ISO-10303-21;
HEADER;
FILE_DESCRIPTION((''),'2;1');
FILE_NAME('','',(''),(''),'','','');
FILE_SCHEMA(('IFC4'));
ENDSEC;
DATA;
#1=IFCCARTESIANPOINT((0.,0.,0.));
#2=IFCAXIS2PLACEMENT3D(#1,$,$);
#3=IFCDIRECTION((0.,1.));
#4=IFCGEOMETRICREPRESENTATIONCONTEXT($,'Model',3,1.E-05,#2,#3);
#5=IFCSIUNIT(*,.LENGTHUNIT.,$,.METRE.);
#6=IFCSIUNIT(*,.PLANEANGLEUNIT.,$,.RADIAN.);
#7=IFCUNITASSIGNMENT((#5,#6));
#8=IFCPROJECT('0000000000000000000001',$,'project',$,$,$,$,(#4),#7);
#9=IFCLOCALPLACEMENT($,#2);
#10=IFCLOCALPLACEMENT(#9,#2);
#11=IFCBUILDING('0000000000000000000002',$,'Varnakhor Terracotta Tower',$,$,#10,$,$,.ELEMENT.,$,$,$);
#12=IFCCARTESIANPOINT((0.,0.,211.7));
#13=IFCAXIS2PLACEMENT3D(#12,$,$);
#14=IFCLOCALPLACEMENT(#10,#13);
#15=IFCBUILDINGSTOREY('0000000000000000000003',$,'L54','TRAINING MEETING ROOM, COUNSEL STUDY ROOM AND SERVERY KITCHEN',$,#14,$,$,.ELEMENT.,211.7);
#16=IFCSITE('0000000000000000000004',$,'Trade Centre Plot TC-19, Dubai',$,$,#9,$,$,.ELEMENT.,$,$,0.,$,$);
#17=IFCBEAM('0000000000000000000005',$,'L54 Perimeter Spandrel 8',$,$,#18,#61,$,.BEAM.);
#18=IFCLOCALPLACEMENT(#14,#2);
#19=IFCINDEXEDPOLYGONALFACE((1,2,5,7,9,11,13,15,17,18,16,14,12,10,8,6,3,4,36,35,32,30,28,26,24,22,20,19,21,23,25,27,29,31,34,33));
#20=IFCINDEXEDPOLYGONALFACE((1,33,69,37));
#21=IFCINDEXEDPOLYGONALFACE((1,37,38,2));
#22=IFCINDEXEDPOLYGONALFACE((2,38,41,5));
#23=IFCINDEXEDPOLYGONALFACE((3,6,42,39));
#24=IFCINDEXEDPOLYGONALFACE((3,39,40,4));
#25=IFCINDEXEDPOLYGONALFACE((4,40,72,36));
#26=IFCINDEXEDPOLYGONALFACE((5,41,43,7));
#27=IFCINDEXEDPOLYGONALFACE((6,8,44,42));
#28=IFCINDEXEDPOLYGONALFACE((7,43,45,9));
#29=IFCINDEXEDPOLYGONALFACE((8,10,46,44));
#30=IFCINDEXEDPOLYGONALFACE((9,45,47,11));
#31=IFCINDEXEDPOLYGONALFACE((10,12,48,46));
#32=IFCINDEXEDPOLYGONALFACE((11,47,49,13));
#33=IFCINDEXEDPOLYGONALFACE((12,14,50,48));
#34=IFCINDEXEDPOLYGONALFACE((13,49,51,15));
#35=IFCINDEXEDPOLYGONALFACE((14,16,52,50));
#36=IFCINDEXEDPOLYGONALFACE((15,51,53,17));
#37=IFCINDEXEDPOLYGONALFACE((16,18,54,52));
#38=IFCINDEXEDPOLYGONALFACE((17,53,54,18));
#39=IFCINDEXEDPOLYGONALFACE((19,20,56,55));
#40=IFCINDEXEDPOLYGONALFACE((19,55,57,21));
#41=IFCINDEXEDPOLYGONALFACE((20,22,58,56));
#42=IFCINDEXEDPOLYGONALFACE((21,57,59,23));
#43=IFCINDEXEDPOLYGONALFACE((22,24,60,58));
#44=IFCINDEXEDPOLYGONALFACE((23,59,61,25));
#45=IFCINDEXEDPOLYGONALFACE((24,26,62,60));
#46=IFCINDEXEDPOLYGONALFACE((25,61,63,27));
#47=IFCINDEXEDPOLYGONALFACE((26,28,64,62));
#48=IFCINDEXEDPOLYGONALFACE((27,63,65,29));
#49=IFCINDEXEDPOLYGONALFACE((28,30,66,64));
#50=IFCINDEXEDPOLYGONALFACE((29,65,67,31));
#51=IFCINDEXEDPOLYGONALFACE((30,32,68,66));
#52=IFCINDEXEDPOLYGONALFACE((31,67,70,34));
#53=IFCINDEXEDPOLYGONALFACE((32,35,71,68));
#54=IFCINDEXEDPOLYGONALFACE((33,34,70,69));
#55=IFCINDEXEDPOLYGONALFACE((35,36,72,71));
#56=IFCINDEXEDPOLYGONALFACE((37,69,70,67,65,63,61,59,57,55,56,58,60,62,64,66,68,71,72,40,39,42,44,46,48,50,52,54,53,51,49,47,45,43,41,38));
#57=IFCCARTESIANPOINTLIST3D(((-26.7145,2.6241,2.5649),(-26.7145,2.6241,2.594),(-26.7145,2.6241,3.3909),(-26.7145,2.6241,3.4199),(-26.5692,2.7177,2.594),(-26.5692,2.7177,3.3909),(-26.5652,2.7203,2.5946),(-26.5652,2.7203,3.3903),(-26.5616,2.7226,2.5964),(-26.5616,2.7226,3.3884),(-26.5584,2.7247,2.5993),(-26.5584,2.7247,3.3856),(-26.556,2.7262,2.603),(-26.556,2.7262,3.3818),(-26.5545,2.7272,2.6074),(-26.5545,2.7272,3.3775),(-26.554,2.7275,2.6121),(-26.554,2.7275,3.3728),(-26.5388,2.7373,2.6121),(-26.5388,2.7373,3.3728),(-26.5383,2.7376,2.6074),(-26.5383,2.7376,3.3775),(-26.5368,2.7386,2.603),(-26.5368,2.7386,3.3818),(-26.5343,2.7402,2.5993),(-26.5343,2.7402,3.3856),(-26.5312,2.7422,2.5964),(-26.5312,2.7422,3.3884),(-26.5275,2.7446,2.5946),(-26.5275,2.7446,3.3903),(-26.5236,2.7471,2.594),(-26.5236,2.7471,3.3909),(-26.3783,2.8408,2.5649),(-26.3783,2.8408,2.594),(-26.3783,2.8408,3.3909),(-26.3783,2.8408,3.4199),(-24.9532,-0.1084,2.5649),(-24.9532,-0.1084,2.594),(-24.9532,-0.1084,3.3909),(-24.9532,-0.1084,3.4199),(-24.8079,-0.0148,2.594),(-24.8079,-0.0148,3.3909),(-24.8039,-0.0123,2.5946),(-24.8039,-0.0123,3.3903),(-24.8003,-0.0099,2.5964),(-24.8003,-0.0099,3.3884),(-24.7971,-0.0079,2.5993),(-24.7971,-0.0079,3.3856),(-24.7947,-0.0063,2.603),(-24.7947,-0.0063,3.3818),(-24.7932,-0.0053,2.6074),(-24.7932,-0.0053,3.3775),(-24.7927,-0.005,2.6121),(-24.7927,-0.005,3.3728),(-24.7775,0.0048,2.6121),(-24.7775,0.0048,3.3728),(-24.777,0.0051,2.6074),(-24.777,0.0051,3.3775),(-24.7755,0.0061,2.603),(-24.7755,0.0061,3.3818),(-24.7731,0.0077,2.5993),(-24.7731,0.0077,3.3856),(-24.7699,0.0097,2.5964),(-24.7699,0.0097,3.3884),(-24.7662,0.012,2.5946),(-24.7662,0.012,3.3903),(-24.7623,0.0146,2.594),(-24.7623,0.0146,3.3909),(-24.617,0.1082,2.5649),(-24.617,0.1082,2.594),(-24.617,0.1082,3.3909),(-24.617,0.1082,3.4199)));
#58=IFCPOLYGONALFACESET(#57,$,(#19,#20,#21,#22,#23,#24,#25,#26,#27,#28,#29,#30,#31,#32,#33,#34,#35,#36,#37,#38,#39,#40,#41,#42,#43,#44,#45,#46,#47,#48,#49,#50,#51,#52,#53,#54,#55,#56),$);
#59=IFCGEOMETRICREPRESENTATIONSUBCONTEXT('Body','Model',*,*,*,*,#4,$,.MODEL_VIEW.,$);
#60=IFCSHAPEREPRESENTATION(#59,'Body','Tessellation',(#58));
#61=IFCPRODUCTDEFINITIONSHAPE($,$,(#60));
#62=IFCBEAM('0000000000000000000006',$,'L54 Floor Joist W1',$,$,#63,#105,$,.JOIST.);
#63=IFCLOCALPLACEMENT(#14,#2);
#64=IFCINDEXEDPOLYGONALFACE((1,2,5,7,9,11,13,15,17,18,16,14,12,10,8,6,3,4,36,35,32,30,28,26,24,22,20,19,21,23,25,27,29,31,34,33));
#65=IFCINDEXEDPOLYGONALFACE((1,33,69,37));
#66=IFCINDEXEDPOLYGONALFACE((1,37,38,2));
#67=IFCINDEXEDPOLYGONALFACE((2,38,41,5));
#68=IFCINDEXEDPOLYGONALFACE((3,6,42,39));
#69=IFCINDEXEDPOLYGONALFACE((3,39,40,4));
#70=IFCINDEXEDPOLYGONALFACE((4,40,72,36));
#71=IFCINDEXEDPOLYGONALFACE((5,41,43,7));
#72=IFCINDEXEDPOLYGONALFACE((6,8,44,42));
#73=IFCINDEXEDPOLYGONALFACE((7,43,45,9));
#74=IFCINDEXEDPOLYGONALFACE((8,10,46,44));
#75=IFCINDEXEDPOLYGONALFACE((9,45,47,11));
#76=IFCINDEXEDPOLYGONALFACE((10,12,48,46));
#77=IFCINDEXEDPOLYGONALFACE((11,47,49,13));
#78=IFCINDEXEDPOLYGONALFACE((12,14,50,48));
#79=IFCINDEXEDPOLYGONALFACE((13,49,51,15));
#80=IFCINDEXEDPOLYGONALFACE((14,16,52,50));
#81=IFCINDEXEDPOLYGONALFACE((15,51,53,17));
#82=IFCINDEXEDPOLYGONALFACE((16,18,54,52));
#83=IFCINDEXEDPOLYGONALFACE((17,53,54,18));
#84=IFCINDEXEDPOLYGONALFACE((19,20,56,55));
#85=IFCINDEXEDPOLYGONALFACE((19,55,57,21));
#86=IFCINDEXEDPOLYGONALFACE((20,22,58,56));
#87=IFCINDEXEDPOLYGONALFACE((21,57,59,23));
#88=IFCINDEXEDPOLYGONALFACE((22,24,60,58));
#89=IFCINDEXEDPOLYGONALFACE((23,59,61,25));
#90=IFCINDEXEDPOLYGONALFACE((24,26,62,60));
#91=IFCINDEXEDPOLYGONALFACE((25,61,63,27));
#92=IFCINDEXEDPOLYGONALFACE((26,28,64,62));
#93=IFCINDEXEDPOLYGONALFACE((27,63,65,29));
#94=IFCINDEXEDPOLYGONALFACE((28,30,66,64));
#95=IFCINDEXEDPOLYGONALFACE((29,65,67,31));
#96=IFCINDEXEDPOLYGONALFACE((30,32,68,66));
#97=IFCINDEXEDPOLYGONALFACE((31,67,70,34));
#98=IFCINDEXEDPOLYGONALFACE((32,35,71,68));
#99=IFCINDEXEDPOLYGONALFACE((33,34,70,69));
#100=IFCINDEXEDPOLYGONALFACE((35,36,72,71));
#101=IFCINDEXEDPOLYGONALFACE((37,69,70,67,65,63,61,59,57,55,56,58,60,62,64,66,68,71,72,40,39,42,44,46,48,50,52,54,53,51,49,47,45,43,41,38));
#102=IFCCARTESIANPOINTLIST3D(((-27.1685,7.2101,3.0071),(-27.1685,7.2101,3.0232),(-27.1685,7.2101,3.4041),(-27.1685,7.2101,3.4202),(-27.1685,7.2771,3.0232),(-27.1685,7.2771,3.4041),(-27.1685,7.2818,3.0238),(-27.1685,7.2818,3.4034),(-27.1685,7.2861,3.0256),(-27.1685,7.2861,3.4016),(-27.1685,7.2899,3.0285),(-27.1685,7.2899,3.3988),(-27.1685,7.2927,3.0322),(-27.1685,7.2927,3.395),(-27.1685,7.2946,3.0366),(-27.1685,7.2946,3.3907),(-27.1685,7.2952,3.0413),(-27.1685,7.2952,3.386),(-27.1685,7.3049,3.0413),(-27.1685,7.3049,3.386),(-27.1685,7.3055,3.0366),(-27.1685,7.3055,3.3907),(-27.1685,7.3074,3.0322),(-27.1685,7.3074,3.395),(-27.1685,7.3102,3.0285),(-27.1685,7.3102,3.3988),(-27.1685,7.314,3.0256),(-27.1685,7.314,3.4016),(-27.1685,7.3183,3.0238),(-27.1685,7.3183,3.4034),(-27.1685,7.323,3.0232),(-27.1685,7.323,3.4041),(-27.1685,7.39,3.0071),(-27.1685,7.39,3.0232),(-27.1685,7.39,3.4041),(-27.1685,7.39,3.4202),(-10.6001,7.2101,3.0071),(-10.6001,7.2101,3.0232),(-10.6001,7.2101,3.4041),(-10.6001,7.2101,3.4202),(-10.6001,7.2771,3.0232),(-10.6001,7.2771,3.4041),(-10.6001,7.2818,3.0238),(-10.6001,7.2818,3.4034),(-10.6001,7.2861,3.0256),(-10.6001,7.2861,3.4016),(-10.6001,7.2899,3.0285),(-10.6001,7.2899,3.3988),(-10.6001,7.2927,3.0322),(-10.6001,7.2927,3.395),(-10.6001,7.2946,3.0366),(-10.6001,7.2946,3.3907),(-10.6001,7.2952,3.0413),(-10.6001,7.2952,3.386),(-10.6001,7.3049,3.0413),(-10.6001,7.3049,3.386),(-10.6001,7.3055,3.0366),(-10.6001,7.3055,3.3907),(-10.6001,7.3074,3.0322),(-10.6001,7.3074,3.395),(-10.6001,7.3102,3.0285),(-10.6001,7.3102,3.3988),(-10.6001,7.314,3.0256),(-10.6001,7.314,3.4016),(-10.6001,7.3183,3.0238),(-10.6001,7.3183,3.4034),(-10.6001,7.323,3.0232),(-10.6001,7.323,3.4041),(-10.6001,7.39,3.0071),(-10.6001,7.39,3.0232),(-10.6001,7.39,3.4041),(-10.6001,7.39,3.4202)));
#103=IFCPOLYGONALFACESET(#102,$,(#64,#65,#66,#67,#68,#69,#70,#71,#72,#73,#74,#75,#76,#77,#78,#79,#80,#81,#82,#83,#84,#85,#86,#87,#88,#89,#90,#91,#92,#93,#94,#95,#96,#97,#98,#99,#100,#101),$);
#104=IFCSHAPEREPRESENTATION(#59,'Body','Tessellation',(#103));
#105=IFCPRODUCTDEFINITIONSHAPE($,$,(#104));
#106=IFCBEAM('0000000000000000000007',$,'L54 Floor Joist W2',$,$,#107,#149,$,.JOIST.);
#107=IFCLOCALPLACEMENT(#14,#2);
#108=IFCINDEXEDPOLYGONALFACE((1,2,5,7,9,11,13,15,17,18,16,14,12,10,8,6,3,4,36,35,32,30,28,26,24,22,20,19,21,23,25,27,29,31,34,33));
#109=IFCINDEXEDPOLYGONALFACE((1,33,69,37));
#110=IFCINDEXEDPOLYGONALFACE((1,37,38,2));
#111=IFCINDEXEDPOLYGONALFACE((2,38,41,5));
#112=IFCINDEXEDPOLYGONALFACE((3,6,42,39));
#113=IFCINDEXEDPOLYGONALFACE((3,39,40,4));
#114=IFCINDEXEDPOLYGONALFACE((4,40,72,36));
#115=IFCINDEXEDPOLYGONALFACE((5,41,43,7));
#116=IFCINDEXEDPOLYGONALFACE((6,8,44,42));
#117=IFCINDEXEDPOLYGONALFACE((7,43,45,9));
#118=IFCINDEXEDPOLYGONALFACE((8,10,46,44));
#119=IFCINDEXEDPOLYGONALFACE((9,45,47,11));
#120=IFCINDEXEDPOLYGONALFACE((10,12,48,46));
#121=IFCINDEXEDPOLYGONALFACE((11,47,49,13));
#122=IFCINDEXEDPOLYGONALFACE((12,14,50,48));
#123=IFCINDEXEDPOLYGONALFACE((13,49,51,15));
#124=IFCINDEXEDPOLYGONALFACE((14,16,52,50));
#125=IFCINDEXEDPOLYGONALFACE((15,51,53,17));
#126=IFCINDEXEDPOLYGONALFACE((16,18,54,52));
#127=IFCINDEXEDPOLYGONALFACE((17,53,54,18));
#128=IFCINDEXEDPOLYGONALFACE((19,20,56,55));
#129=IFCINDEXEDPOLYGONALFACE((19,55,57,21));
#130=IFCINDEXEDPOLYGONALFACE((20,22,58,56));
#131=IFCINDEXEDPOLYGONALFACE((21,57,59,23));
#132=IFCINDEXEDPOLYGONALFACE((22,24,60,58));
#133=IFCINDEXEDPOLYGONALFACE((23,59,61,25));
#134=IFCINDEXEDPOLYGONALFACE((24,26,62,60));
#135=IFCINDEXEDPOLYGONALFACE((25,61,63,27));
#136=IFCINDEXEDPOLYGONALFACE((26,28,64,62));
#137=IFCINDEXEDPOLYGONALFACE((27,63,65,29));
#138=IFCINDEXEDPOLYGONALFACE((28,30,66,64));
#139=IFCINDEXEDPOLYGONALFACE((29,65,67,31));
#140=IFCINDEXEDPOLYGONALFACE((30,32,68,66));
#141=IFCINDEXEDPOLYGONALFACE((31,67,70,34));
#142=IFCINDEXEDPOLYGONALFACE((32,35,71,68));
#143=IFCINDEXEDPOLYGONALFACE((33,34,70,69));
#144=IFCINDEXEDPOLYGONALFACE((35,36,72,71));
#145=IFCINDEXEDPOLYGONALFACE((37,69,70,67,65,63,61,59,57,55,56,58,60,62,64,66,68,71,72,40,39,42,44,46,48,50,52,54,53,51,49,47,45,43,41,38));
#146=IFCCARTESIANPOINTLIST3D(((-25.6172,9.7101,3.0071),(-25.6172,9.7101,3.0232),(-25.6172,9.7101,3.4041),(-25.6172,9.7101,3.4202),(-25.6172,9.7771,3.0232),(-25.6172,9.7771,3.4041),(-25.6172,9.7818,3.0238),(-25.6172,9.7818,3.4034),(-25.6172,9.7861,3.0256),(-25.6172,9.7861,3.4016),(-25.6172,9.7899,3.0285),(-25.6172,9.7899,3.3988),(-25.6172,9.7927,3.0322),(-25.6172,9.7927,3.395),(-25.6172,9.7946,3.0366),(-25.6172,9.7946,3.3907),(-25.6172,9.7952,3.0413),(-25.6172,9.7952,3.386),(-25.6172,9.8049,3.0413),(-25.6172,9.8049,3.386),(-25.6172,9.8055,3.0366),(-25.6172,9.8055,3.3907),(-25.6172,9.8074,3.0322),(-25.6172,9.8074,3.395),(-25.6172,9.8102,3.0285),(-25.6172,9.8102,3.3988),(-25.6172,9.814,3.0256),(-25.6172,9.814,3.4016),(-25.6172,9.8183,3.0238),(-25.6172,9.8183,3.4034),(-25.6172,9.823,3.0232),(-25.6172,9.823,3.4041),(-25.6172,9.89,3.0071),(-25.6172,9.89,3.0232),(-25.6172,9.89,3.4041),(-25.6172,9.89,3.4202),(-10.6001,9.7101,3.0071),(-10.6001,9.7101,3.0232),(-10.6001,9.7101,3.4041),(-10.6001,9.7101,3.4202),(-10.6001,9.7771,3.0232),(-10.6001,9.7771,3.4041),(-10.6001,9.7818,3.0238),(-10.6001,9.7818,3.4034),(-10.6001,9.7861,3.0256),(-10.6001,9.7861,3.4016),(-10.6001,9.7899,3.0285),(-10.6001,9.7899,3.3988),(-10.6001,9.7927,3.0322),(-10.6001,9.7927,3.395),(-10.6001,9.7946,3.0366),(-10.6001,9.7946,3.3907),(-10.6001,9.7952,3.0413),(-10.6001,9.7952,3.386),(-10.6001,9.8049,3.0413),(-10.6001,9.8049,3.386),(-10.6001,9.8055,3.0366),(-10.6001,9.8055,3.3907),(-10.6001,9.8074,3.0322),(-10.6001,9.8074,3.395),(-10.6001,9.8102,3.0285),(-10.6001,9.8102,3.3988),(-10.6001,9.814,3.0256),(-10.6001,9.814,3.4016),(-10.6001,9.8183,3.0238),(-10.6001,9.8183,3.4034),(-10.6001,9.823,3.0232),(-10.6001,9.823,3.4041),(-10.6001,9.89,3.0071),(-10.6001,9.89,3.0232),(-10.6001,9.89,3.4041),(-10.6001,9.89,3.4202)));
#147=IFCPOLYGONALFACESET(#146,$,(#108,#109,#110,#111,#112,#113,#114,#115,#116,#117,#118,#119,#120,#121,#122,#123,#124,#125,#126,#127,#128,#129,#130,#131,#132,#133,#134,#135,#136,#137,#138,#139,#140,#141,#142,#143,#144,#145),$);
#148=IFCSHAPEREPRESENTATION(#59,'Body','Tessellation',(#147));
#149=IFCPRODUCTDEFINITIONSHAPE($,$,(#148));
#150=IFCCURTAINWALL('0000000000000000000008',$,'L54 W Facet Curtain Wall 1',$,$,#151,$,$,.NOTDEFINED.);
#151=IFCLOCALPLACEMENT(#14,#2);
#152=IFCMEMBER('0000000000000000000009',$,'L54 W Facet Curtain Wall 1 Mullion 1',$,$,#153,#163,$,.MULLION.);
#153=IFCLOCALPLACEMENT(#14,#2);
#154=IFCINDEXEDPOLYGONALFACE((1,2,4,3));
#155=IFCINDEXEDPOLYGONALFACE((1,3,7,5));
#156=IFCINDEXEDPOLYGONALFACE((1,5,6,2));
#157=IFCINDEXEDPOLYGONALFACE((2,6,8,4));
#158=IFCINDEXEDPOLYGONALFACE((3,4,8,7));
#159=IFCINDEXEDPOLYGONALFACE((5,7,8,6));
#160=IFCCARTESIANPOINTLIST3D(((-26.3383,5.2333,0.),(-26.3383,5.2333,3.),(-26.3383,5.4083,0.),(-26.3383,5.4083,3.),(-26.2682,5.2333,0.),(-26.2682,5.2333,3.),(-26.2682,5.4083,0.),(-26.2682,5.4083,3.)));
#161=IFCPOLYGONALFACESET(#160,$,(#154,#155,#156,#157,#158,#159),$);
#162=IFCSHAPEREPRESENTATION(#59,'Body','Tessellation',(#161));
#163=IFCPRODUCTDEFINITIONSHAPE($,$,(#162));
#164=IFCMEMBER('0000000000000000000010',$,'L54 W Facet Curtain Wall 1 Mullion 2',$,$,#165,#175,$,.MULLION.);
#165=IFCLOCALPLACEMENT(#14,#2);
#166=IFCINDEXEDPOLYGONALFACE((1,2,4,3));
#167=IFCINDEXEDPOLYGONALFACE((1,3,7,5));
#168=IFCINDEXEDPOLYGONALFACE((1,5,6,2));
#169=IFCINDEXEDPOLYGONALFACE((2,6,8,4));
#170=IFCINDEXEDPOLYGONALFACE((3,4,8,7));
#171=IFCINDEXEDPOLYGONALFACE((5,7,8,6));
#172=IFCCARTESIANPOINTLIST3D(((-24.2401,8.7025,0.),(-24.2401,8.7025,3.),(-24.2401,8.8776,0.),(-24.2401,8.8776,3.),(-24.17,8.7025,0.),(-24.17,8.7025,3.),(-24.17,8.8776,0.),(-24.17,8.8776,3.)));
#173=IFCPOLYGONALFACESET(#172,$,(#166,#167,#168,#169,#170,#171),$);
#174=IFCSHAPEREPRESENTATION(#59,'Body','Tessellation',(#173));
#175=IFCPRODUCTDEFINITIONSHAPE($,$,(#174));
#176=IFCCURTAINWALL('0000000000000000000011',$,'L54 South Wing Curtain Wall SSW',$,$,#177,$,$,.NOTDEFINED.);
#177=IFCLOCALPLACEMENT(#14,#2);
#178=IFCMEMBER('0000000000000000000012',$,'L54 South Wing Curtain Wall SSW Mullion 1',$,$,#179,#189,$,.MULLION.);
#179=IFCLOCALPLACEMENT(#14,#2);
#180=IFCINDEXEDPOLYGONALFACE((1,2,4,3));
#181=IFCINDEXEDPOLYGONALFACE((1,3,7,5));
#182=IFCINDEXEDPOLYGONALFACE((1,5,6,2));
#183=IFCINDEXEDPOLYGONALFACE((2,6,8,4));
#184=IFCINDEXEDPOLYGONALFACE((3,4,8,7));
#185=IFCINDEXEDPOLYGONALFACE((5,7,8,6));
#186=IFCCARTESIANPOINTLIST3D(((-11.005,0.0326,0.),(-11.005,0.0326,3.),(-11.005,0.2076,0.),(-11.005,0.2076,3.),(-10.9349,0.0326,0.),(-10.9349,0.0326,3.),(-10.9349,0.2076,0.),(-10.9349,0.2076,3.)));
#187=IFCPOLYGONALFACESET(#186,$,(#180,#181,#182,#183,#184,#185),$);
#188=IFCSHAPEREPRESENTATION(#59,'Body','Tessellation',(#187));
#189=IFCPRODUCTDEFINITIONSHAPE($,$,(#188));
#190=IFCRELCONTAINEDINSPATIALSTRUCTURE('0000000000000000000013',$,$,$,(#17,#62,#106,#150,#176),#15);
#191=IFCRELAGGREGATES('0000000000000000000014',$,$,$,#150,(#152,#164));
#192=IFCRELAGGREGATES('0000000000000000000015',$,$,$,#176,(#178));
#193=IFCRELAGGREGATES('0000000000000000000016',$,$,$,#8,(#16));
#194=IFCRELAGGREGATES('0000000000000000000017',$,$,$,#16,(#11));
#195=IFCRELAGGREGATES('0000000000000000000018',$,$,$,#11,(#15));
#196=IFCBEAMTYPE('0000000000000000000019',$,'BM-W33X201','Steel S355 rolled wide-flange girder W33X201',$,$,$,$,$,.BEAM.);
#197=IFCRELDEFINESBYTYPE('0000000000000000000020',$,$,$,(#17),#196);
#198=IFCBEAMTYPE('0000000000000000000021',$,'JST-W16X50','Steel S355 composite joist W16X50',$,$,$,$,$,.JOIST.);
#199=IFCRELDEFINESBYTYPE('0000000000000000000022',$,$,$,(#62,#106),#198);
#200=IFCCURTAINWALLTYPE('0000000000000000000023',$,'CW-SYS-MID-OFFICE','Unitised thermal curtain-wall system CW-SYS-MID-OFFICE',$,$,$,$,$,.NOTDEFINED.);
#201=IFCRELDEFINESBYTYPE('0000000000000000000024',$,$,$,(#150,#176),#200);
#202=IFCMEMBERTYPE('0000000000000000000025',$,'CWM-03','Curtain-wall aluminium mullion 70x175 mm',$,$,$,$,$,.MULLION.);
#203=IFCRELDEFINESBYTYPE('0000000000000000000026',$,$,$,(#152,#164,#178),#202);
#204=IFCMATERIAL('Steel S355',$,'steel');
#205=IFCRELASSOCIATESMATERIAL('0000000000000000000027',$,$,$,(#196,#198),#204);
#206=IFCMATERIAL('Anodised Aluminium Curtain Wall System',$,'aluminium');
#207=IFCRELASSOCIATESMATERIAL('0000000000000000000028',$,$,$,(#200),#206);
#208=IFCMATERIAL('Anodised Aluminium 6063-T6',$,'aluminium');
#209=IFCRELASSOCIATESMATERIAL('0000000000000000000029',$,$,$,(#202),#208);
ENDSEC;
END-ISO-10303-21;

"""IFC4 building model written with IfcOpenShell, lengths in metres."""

from ifc_helpers import new_model, si_unit, direction, frame, origin, origin_2d, place, context, subcontext, project, spatial, rectangle, i_section, extrude, source, transform, mapped, material, material_profile, profile_set, type_object, element, aggregate, save


model = new_model("IFC4")

# Units and contexts
model_context = context("Model", 3, precision=1e-05, world=origin(), true_north=direction((0.0, 1.0)))
body_context = subcontext(model_context, "Body", "Model", "MODEL_VIEW")
ifc_project = project(units=[si_unit("LENGTHUNIT", "METRE"), si_unit("PLANEANGLEUNIT", "RADIAN")], contexts=[model_context])

# Site, building, storey
site_placement = place(None, origin())
site = spatial("IfcSite", under=ifc_project, at=site_placement, Name="Trade Centre Plot TC-19, Dubai", CompositionType="ELEMENT", RefElevation=0.0)
building_placement = place(site_placement, origin())
building = spatial("IfcBuilding", under=site, at=building_placement, Name="Varnakhor Terracotta Tower", CompositionType="ELEMENT")
storey_placement = place(building_placement, frame((0.0, 0.0, 211.7)))
storey = spatial("IfcBuildingStorey", under=building, at=storey_placement, Name="L54", Description="TRAINING MEETING ROOM, COUNSEL STUDY ROOM AND SERVERY KITCHEN", CompositionType="ELEMENT", Elevation=211.7)

# Beams
ifc_material_1 = material(Name="Steel S355", Category="steel")
ifc_material_profile_1 = material_profile(ifc_material_1, i_section(OverallWidth=0.3999, OverallDepth=0.855, WebThickness=0.0181, FlangeThickness=0.0291, FilletRadius=0.0181, at=origin_2d()), Name="W33X201")
ifc_profile_set_1 = profile_set([ifc_material_profile_1], Name="Steel S355")
beam_type_1 = type_object("IfcBeamType", Name="BM-W33X201", Description="Steel S355 rolled wide-flange girder W33X201", PredefinedType="BEAM", material=ifc_profile_set_1)
shared_shape_1 = source(origin(), body_context, "Body", "SweptSolid", [
    extrude(i_section(OverallWidth=0.3999, OverallDepth=0.855, WebThickness=0.0181, FlangeThickness=0.0291, FilletRadius=0.0181, at=origin_2d()), origin(), (0.0, 0.0, 1.0), 3.251),
])
beam_1_placement = place(storey_placement, frame((-26.5464, 2.7324, 2.9924), z_axis=(0.541774, -0.840524, 0.0), x_axis=(0.840524, 0.541774, 0.0)))
element("IfcBeam", 1, at=beam_1_placement, inside=storey, type_object=beam_type_1, Name="L54 Perimeter Spandrel 8", PredefinedType="BEAM", context=body_context, shape_type="MappedRepresentation", body=[
    mapped(shared_shape_1, transform((0.0, 0.0, 0.0), scale=1.0)),
])
ifc_material_profile_2 = material_profile(ifc_material_1, i_section(OverallWidth=0.1799, OverallDepth=0.4131, WebThickness=0.0098, FlangeThickness=0.0161, FilletRadius=0.0181, at=origin_2d()), Name="W16X50")
ifc_profile_set_2 = profile_set([ifc_material_profile_2], Name="Steel S355")
beam_type_2 = type_object("IfcBeamType", Name="JST-W16X50", Description="Steel S355 composite joist W16X50", PredefinedType="JOIST", material=ifc_profile_set_2)
shared_shape_2 = source(origin(), body_context, "Body", "SweptSolid", [
    extrude(i_section(OverallWidth=0.1799, OverallDepth=0.4131, WebThickness=0.0098, FlangeThickness=0.0161, FilletRadius=0.0181, at=origin_2d()), origin(), (0.0, 0.0, 1.0), 16.5684),
])
beam_2_placement = place(storey_placement, frame((-27.1685, 7.3, 3.2136), z_axis=(1.0, 0.0, 0.0), x_axis=(0.0, 1.0, 0.0)))
element("IfcBeam", 2, at=beam_2_placement, inside=storey, type_object=beam_type_2, Name="L54 Floor Joist W1", PredefinedType="JOIST", context=body_context, shape_type="MappedRepresentation", body=[
    mapped(shared_shape_2, transform((0.0, 0.0, 0.0), scale=1.0)),
])
shared_shape_3 = source(origin(), body_context, "Body", "SweptSolid", [
    extrude(i_section(OverallWidth=0.1799, OverallDepth=0.4131, WebThickness=0.0098, FlangeThickness=0.0161, FilletRadius=0.0181, at=origin_2d()), origin(), (0.0, 0.0, 1.0), 15.0171),
])
beam_3_placement = place(storey_placement, frame((-25.6172, 9.8, 3.2136), z_axis=(1.0, 0.0, 0.0), x_axis=(0.0, 1.0, 0.0)))
element("IfcBeam", 3, at=beam_3_placement, inside=storey, type_object=beam_type_2, Name="L54 Floor Joist W2", PredefinedType="JOIST", context=body_context, shape_type="MappedRepresentation", body=[
    mapped(shared_shape_3, transform((0.0, 0.0, 0.0), scale=1.0)),
])

# Curtain walls, members
ifc_material_2 = material(Name="Anodised Aluminium Curtain Wall System", Category="aluminium")
curtain_wall_type = type_object("IfcCurtainWallType", Name="CW-SYS-MID-OFFICE", Description="Unitised thermal curtain-wall system CW-SYS-MID-OFFICE", PredefinedType="NOTDEFINED", material=ifc_material_2)
curtain_wall_1_placement = place(storey_placement, origin())
curtain_wall_1 = element("IfcCurtainWall", 4, at=curtain_wall_1_placement, inside=storey, type_object=curtain_wall_type, Name="L54 W Facet Curtain Wall 1", PredefinedType="NOTDEFINED")
ifc_material_3 = material(Name="Anodised Aluminium 6063-T6", Category="aluminium")
ifc_material_profile_3 = material_profile(ifc_material_3, rectangle(XDim=0.0701, YDim=0.175, at=origin_2d()), Name="ALU MULLION 70x175")
ifc_profile_set_3 = profile_set([ifc_material_profile_3], Name="Anodised Aluminium 6063-T6")
member_type_1 = type_object("IfcMemberType", Name="CWM-03", Description="Curtain-wall aluminium mullion 70x175 mm", PredefinedType="MULLION", material=ifc_profile_set_3)
shared_shape_4 = source(origin(), body_context, "Body", "SweptSolid", [
    extrude(rectangle(XDim=0.0701, YDim=0.175, at=origin_2d()), origin(), (0.0, 0.0, 1.0), 3.0),
])
member_1_placement = place(storey_placement, frame((-26.3032, 5.3208, 0.0), z_axis=(0.0, 0.0, 1.0), x_axis=(1.0, 0.0, 0.0)))
member_1 = element("IfcMember", 5, at=member_1_placement, type_object=member_type_1, Name="L54 W Facet Curtain Wall 1 Mullion 1", PredefinedType="MULLION", context=body_context, shape_type="MappedRepresentation", body=[
    mapped(shared_shape_4, transform((0.0, 0.0, 0.0), scale=1.0)),
])
member_2_placement = place(storey_placement, frame((-24.2051, 8.79, 0.0), z_axis=(0.0, 0.0, 1.0), x_axis=(1.0, 0.0, 0.0)))
member_2 = element("IfcMember", 6, at=member_2_placement, type_object=member_type_1, Name="L54 W Facet Curtain Wall 1 Mullion 2", PredefinedType="MULLION", context=body_context, shape_type="MappedRepresentation", body=[
    mapped(shared_shape_4, transform((0.0, 0.0, 0.0), scale=1.0)),
])
curtain_wall_2_placement = place(storey_placement, origin())
curtain_wall_2 = element("IfcCurtainWall", 7, at=curtain_wall_2_placement, inside=storey, type_object=curtain_wall_type, Name="L54 South Wing Curtain Wall SSW", PredefinedType="NOTDEFINED")
member_3_placement = place(storey_placement, frame((-10.97, 0.1201, 0.0), z_axis=(0.0, 0.0, 1.0), x_axis=(1.0, 0.0, 0.0)))
member_3 = element("IfcMember", 8, at=member_3_placement, type_object=member_type_1, Name="L54 South Wing Curtain Wall SSW Mullion 1", PredefinedType="MULLION", context=body_context, shape_type="MappedRepresentation", body=[
    mapped(shared_shape_4, transform((0.0, 0.0, 0.0), scale=1.0)),
])

aggregate(curtain_wall_1, [member_1, member_2])
aggregate(curtain_wall_2, [member_3])

save(model, "model.ifc")
